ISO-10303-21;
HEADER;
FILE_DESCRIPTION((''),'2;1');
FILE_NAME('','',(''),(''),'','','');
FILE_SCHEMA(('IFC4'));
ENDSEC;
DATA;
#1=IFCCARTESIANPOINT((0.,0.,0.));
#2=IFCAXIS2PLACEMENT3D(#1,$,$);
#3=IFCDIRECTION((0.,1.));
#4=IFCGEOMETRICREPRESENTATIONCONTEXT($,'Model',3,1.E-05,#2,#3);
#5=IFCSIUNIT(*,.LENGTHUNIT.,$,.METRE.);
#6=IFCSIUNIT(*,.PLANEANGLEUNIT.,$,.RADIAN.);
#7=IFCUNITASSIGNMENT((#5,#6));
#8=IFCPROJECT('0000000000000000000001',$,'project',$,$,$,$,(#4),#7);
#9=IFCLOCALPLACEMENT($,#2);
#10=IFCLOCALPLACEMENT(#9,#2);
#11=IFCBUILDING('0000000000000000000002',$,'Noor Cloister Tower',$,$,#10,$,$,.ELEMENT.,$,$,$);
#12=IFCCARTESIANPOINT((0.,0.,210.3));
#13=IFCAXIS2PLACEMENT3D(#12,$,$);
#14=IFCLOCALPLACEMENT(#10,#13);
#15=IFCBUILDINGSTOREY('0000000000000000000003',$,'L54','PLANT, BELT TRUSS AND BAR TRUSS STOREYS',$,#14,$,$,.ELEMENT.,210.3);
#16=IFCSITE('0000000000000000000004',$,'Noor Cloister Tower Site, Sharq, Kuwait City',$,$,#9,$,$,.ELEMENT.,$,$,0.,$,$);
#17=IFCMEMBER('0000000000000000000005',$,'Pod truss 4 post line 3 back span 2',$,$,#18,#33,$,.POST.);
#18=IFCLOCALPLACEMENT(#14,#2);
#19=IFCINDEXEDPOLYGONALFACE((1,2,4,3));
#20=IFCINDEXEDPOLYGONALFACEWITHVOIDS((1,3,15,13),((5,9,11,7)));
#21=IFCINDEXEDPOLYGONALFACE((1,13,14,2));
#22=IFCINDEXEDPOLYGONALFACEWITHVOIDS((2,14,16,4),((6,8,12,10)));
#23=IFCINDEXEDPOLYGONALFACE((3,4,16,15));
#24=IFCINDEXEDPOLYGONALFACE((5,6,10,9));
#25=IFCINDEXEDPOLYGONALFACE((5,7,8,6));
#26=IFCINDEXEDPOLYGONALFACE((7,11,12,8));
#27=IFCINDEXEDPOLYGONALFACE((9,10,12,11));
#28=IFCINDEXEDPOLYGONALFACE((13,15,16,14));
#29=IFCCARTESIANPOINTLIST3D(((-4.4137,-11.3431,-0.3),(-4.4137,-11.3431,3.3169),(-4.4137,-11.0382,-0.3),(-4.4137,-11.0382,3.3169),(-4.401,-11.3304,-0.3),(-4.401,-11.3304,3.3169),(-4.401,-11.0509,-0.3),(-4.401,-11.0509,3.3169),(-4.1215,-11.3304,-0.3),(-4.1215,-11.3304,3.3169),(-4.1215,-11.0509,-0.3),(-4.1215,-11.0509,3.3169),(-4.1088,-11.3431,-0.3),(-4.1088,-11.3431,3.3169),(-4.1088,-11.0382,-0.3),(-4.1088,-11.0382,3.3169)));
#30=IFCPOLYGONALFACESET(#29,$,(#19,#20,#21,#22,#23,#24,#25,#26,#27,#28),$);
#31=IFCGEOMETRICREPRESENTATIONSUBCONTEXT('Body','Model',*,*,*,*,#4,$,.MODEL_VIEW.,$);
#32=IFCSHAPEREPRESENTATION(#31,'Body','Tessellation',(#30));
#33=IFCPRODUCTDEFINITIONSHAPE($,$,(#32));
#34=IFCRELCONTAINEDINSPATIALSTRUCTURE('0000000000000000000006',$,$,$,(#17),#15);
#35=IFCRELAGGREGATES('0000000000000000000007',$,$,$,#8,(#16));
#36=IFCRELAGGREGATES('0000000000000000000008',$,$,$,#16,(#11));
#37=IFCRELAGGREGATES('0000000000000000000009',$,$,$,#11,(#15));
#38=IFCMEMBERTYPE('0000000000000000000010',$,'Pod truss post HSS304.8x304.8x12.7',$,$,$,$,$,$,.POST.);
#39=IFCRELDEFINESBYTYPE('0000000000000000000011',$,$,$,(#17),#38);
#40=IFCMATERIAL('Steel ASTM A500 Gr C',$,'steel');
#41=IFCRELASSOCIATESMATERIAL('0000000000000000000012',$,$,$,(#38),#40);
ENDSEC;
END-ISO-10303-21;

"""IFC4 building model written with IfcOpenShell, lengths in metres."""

from ifc_helpers import new_model, si_unit, direction, frame, origin, origin_2d, place, context, subcontext, project, spatial, hollow_rectangle, extrude, material, material_profile, profile_set, type_object, element, save


model = new_model("IFC4")

# Units and contexts
model_context = context("Model", 3, precision=1e-05, world=origin(), true_north=direction((0.0, 1.0)))
body_context = subcontext(model_context, "Body", "Model", "MODEL_VIEW")
ifc_project = project(units=[si_unit("LENGTHUNIT", "METRE"), si_unit("PLANEANGLEUNIT", "RADIAN")], contexts=[model_context])

# Site, building, storey
site_placement = place(None, origin())
site = spatial("IfcSite", under=ifc_project, at=site_placement, Name="Noor Cloister Tower Site, Sharq, Kuwait City", CompositionType="ELEMENT", RefElevation=0.0)
building_placement = place(site_placement, origin())
building = spatial("IfcBuilding", under=site, at=building_placement, Name="Noor Cloister Tower", CompositionType="ELEMENT")
storey_placement = place(building_placement, frame((0.0, 0.0, 210.3)))
storey = spatial("IfcBuildingStorey", under=building, at=storey_placement, Name="L54", Description="PLANT, BELT TRUSS AND BAR TRUSS STOREYS", CompositionType="ELEMENT", Elevation=210.3)

# Member
ifc_material_1 = material(Name="Steel ASTM A500 Gr C", Category="steel")
ifc_material_profile_1 = material_profile(ifc_material_1, hollow_rectangle(XDim=0.3049, YDim=0.3049, WallThickness=0.0127, at=origin_2d()), Name="HSS304.8x304.8x12.7")
ifc_profile_set_1 = profile_set([ifc_material_profile_1], Name="Steel ASTM A500 Gr C")
member_type_1 = type_object("IfcMemberType", Name="Pod truss post HSS304.8x304.8x12.7", PredefinedType="POST", material=ifc_profile_set_1)
for number, where, z_axis, x_axis, name in (
    (1, (-4.2612, -11.1907, -0.3), (0.0, 0.0, 1.0), (1.0, 0.0, 0.0), "Pod truss 4 post line 3 back span 2"),
):
    element("IfcMember", number, at=place(storey_placement, frame(where, z_axis=z_axis, x_axis=x_axis)), inside=storey, type_object=member_type_1, Name=name, PredefinedType="POST", context=body_context, shape_type="SweptSolid", body=[
        extrude(hollow_rectangle(XDim=0.3049, YDim=0.3049, WallThickness=0.0127, at=origin_2d()), origin(), (0.0, 0.0, 1.0), 3.6169),
    ])

save(model, "model.ifc")
